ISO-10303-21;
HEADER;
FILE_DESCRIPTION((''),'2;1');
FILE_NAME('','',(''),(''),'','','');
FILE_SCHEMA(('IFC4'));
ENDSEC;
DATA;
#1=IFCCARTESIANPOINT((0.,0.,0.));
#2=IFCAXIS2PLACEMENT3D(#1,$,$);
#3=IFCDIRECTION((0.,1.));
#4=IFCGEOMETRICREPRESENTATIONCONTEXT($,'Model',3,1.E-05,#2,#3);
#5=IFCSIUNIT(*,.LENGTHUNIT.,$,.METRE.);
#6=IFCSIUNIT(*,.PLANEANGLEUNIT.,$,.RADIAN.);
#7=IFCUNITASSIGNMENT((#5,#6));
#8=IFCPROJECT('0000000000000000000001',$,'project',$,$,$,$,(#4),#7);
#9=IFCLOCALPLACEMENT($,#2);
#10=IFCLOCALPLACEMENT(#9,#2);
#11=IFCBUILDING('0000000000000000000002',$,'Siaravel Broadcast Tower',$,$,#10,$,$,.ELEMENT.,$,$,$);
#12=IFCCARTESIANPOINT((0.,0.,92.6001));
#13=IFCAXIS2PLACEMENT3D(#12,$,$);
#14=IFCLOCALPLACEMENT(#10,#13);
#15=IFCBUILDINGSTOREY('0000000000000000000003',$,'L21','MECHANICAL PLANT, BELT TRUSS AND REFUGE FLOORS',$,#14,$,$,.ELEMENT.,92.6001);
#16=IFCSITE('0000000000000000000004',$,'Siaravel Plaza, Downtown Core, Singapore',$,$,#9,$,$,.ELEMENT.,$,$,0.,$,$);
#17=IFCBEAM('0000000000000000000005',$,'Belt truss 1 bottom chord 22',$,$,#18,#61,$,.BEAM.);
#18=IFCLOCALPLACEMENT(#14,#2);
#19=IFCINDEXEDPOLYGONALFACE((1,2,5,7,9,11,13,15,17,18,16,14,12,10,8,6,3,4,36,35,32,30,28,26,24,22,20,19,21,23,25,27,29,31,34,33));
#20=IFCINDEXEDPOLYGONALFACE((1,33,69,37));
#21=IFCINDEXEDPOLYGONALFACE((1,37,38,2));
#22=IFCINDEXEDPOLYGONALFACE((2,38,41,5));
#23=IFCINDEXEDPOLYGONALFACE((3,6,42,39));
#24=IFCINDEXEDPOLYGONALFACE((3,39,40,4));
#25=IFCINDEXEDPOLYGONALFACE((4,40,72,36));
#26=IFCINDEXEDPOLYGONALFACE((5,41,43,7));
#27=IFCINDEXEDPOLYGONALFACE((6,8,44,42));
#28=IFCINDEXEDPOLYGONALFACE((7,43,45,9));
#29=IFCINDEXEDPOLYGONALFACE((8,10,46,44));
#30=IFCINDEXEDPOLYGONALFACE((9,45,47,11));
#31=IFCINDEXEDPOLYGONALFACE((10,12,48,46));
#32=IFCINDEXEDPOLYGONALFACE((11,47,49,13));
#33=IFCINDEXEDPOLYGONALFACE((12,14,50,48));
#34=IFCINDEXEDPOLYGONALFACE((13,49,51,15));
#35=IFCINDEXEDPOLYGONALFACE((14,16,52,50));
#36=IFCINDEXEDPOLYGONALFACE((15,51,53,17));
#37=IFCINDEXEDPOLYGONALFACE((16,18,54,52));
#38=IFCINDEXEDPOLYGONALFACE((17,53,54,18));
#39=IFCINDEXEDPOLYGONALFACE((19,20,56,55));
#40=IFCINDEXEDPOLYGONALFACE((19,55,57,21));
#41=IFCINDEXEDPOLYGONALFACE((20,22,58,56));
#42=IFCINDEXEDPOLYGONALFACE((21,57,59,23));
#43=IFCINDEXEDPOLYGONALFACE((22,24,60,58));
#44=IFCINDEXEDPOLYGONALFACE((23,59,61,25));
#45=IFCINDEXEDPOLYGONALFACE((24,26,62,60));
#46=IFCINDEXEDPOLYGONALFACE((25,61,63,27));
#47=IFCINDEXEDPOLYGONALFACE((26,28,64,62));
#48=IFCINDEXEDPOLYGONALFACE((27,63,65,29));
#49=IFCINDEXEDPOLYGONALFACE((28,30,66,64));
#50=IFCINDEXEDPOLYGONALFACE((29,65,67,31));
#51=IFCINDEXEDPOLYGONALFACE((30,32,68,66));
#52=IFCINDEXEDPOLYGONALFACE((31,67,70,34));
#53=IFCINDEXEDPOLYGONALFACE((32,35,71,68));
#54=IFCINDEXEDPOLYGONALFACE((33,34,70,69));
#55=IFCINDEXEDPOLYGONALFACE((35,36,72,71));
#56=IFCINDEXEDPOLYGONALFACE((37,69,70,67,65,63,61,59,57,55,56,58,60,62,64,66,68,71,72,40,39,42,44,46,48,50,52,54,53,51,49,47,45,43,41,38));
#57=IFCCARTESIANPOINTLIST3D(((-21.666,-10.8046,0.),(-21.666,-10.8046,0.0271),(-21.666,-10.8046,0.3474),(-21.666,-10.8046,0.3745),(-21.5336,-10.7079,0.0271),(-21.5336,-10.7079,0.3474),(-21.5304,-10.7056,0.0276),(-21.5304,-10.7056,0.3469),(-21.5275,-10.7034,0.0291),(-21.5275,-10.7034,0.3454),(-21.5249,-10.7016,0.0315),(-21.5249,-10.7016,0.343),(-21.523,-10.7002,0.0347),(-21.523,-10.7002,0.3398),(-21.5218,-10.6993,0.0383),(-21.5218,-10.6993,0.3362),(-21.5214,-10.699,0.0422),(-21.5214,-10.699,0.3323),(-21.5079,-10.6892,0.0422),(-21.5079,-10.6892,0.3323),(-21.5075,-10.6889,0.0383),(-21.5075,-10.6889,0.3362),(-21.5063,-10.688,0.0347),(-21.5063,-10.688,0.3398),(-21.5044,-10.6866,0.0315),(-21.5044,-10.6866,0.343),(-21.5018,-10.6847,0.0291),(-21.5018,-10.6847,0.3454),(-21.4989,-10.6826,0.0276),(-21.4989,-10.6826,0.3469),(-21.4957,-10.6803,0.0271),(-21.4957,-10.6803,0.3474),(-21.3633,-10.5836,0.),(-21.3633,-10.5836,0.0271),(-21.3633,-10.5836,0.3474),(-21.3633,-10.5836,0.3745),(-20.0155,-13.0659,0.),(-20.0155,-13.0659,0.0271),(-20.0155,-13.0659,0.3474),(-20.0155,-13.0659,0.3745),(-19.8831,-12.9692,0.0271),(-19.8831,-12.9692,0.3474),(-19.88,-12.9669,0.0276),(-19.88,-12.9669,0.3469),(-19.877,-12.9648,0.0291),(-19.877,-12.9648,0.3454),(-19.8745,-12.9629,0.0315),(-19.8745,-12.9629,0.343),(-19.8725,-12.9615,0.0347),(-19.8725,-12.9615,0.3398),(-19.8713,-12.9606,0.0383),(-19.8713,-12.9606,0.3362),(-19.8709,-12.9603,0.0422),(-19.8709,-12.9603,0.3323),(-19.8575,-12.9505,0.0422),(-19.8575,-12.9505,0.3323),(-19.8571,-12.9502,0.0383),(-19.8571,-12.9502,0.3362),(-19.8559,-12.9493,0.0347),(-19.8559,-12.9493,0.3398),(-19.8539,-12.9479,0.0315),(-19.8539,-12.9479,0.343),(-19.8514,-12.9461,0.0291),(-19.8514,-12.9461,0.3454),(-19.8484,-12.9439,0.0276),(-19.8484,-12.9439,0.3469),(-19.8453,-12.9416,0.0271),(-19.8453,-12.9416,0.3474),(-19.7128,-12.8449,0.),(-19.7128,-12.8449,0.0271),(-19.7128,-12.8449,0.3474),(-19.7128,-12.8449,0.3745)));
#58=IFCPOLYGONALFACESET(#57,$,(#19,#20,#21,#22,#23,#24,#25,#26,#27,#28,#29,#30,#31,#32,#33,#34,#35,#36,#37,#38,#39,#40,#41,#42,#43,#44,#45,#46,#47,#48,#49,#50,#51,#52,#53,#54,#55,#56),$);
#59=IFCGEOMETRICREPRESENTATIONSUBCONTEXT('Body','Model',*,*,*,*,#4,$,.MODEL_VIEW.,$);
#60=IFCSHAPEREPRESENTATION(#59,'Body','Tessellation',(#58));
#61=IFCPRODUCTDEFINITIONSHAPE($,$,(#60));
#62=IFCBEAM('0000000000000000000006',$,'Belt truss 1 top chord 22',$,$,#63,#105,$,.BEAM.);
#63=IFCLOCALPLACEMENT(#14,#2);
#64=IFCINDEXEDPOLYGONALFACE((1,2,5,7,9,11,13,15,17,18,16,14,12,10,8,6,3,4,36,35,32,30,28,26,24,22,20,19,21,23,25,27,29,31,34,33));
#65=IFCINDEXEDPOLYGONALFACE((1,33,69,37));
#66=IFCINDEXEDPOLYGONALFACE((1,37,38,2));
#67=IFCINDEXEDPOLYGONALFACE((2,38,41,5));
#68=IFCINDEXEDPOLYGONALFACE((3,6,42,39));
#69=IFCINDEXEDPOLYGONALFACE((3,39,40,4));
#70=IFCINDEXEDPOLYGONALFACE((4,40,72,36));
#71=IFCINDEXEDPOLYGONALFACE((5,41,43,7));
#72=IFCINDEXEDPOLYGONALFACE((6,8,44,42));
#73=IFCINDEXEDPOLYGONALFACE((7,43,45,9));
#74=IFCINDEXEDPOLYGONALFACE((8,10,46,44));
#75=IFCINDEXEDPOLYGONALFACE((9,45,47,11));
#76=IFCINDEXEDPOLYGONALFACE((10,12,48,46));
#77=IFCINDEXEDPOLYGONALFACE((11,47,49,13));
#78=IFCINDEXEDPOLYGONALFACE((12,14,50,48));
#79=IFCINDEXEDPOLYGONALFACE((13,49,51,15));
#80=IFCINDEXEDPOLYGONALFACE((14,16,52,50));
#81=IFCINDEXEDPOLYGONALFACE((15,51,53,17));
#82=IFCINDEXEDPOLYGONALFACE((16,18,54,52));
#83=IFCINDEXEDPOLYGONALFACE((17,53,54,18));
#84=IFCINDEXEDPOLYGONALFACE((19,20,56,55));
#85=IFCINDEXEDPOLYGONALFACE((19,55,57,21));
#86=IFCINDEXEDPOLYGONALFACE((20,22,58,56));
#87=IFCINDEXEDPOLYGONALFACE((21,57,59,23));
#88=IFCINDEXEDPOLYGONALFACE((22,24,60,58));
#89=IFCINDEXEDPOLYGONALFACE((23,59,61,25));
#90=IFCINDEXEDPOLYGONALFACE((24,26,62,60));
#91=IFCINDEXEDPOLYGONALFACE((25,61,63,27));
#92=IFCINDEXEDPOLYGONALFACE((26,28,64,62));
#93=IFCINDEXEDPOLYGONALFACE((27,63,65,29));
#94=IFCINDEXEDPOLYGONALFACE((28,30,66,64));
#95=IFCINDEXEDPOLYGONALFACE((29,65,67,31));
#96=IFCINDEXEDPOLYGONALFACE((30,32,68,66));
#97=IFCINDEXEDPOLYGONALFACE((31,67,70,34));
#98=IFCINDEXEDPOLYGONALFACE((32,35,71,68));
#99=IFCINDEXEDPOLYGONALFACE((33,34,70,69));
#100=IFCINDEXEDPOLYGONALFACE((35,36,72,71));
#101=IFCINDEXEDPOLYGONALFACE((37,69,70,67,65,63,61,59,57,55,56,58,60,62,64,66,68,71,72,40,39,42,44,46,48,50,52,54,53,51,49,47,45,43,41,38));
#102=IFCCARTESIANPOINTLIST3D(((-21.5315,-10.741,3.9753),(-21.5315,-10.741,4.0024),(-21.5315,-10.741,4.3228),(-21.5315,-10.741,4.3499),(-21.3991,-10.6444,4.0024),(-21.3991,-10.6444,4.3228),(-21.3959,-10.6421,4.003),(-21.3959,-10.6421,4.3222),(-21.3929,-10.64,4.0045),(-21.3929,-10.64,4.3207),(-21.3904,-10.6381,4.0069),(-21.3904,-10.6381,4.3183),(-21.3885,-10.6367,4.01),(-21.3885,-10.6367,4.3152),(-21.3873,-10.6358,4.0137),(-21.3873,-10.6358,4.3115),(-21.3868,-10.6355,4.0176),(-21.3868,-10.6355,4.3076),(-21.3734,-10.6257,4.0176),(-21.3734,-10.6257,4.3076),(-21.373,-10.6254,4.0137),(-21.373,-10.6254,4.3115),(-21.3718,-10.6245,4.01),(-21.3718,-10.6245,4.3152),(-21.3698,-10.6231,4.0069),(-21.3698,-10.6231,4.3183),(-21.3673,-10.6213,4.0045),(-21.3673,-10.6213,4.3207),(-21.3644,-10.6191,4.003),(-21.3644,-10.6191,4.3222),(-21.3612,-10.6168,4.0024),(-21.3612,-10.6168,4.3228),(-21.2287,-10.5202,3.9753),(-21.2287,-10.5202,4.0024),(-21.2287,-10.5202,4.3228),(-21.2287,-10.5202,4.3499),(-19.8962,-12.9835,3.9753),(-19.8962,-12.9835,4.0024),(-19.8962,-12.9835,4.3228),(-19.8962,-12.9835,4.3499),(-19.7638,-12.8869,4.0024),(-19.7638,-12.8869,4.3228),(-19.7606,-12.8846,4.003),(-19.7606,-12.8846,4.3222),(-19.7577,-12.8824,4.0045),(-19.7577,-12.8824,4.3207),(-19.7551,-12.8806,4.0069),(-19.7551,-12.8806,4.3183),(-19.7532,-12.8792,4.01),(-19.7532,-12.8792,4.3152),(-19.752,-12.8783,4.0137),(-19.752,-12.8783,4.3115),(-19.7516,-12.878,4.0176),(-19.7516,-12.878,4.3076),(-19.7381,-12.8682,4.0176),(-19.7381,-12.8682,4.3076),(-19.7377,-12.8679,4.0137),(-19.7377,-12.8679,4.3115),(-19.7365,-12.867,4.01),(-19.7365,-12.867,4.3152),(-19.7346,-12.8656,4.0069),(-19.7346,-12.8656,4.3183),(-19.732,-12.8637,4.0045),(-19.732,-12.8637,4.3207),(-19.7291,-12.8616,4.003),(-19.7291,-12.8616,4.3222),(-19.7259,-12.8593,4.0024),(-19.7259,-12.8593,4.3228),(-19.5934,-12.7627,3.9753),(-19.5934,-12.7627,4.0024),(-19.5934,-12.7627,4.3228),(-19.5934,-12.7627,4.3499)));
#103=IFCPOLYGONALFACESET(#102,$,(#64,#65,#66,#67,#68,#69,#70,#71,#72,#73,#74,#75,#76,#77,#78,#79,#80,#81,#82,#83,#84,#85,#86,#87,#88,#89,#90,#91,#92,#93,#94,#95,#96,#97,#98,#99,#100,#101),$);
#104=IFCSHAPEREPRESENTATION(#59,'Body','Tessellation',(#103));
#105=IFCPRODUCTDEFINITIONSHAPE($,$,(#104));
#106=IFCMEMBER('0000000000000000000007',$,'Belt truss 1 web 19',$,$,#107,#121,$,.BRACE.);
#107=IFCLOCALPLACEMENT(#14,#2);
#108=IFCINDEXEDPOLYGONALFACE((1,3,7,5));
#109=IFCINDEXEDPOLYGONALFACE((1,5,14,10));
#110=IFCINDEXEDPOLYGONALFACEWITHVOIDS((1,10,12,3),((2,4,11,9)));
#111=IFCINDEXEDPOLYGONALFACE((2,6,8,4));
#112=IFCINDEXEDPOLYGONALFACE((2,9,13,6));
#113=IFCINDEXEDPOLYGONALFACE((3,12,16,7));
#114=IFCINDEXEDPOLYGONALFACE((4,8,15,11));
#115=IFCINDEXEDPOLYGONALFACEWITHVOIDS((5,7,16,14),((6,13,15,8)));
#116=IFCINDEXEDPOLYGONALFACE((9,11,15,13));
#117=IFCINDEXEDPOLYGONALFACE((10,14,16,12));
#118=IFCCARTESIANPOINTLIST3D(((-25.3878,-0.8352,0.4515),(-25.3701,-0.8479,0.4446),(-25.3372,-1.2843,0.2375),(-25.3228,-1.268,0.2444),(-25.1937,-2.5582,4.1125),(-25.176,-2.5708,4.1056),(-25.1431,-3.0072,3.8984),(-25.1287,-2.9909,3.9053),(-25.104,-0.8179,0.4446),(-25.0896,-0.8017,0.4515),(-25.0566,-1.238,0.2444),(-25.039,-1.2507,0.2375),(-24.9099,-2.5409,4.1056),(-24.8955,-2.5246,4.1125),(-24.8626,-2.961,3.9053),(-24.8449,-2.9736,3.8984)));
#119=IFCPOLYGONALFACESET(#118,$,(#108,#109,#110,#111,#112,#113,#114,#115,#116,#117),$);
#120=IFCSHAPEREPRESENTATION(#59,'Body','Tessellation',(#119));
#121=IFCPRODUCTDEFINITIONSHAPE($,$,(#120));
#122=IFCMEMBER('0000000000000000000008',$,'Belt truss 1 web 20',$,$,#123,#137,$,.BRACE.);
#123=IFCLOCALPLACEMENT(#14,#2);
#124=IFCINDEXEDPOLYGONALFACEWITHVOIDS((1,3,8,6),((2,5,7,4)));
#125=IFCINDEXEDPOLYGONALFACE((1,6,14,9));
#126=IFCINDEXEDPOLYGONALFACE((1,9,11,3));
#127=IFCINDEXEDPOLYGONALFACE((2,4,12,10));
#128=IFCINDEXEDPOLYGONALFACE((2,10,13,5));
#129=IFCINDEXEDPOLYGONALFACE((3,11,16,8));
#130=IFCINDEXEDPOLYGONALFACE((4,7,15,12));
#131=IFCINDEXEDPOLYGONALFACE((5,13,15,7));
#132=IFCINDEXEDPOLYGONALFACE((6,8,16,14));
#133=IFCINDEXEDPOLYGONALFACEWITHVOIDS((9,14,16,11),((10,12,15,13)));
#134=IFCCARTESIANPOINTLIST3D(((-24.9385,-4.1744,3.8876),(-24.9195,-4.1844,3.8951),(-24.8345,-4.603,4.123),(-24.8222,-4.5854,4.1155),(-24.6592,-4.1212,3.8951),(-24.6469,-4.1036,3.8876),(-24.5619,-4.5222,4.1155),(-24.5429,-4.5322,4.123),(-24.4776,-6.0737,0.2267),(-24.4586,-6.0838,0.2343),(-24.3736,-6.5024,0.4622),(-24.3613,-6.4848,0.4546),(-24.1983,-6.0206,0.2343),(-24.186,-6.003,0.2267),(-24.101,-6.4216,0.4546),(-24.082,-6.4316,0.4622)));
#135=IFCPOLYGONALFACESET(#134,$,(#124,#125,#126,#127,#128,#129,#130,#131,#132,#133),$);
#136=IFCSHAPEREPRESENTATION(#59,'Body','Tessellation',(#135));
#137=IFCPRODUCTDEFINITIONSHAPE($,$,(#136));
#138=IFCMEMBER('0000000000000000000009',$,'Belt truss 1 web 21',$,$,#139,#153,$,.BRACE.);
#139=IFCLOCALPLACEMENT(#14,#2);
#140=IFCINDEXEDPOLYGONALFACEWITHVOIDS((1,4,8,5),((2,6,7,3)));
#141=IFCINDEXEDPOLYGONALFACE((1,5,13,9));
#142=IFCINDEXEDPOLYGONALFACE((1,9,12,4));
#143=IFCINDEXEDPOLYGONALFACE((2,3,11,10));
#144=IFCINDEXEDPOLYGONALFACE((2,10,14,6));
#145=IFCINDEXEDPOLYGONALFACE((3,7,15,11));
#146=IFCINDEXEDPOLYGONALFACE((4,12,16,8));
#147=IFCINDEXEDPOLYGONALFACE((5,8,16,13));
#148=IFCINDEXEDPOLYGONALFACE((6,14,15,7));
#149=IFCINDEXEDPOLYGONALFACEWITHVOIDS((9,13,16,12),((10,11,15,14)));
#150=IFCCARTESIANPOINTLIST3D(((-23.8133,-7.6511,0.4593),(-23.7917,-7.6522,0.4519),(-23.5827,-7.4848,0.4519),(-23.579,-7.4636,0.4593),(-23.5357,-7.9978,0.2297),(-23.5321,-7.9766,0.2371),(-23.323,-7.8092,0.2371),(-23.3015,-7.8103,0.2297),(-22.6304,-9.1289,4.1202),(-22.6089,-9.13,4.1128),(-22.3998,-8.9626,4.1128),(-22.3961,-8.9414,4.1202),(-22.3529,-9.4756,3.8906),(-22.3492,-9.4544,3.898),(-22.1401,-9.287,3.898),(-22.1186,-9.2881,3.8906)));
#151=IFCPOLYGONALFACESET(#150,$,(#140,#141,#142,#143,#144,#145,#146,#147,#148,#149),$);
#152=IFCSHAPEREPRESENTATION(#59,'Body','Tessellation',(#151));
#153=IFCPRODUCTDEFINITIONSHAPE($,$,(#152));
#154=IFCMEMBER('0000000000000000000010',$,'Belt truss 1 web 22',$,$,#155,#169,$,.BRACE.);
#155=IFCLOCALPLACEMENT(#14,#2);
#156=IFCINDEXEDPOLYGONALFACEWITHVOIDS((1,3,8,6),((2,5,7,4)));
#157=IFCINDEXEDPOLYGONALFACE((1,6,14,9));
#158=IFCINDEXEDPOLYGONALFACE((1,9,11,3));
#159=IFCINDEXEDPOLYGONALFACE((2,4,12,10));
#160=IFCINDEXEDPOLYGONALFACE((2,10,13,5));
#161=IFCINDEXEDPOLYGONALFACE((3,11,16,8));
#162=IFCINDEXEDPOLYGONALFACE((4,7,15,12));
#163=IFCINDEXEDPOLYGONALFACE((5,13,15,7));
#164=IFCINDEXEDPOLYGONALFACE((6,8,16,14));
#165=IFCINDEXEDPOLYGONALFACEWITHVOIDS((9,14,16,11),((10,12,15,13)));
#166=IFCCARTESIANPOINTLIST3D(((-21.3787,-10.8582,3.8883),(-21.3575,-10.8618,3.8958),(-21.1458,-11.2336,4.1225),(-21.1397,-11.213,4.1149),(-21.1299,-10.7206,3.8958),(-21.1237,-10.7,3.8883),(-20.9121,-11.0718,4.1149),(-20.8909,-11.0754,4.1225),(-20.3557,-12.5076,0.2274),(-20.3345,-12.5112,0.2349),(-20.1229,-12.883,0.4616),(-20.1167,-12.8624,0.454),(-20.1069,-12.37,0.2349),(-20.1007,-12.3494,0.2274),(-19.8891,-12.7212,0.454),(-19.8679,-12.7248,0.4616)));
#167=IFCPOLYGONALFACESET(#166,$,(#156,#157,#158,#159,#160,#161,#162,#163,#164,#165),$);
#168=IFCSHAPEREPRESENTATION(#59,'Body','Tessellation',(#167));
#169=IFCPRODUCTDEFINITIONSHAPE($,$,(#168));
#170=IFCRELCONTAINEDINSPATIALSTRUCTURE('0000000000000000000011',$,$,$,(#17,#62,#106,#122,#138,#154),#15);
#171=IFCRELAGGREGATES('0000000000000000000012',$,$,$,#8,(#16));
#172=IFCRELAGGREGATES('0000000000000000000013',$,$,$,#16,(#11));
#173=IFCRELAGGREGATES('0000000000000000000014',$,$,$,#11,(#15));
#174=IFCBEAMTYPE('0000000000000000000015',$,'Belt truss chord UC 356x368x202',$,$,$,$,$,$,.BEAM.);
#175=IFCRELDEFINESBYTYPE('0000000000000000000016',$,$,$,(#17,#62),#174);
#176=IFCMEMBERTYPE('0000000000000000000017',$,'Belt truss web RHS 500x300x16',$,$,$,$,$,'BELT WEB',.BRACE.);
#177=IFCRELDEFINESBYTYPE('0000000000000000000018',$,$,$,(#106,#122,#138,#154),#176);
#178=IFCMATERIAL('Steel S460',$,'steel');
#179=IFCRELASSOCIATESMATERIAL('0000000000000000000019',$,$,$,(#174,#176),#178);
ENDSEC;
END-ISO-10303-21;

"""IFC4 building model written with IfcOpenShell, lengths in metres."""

from ifc_helpers import new_model, si_unit, direction, frame, origin, origin_2d, place, context, subcontext, project, spatial, hollow_rectangle, i_section, extrude, material, material_profile, profile_set, type_object, element, save


model = new_model("IFC4")

# Units and contexts
model_context = context("Model", 3, precision=1e-05, world=origin(), true_north=direction((0.0, 1.0)))
body_context = subcontext(model_context, "Body", "Model", "MODEL_VIEW")
ifc_project = project(units=[si_unit("LENGTHUNIT", "METRE"), si_unit("PLANEANGLEUNIT", "RADIAN")], contexts=[model_context])

# Site, building, storey
site_placement = place(None, origin())
site = spatial("IfcSite", under=ifc_project, at=site_placement, Name="Siaravel Plaza, Downtown Core, Singapore", CompositionType="ELEMENT", RefElevation=0.0)
building_placement = place(site_placement, origin())
building = spatial("IfcBuilding", under=site, at=building_placement, Name="Siaravel Broadcast Tower", CompositionType="ELEMENT")
storey_placement = place(building_placement, frame((0.0, 0.0, 92.6001)))
storey = spatial("IfcBuildingStorey", under=building, at=storey_placement, Name="L21", Description="MECHANICAL PLANT, BELT TRUSS AND REFUGE FLOORS", CompositionType="ELEMENT", Elevation=92.6001)

# Beams
ifc_material_1 = material(Name="Steel S460", Category="steel")
ifc_material_profile_1 = material_profile(ifc_material_1, i_section(OverallWidth=0.3748, OverallDepth=0.3745, WebThickness=0.0166, FlangeThickness=0.0271, FilletRadius=0.0151, at=origin_2d()))
ifc_profile_set_1 = profile_set([ifc_material_profile_1], Name="Steel S460")
beam_type_1 = type_object("IfcBeamType", Name="Belt truss chord UC 356x368x202", PredefinedType="BEAM", material=ifc_profile_set_1)
beam_1_placement = place(storey_placement, frame((-21.5146, -10.6941, 0.1873), z_axis=(0.58954, -0.807739, 0.0), x_axis=(0.807739, 0.58954, 0.0)))
element("IfcBeam", 1, at=beam_1_placement, inside=storey, type_object=beam_type_1, Name="Belt truss 1 bottom chord 22", PredefinedType="BEAM", context=body_context, shape_type="SweptSolid", body=[
    extrude(i_section(OverallWidth=0.3748, OverallDepth=0.3745, WebThickness=0.0166, FlangeThickness=0.0271, FilletRadius=0.0151, at=origin_2d()), origin(), (0.0, 0.0, 1.0), 2.7996),
])
beam_2_placement = place(storey_placement, frame((-21.3801, -10.6306, 4.1626), z_axis=(0.589207, -0.807982, 0.0), x_axis=(0.807982, 0.589207, 0.0)))
element("IfcBeam", 2, at=beam_2_placement, inside=storey, type_object=beam_type_1, Name="Belt truss 1 top chord 22", PredefinedType="BEAM", context=body_context, shape_type="SweptSolid", body=[
    extrude(i_section(OverallWidth=0.3748, OverallDepth=0.3745, WebThickness=0.0166, FlangeThickness=0.0271, FilletRadius=0.0151, at=origin_2d()), origin(), (0.0, 0.0, 1.0), 2.7754),
])

# Members
ifc_material_profile_2 = material_profile(ifc_material_1, hollow_rectangle(XDim=0.3, YDim=0.5, WallThickness=0.0161, at=origin_2d()))
ifc_profile_set_2 = profile_set([ifc_material_profile_2], Name="Steel S460")
member_type_1 = type_object("IfcMemberType", Name="Belt truss web RHS 500x300x16", ElementType="BELT WEB", PredefinedType="BRACE", material=ifc_profile_set_2)
member_1_placement = place(storey_placement, frame((-25.2134, -1.043, 0.3445), z_axis=(0.047916, -0.425334, 0.903767), x_axis=(0.993714, 0.111946, 0.0)))
element("IfcMember", 3, at=member_1_placement, inside=storey, type_object=member_type_1, Name="Belt truss 1 web 19", PredefinedType="BRACE", context=body_context, shape_type="SweptSolid", body=[
    extrude(hollow_rectangle(XDim=0.3, YDim=0.5, WallThickness=0.0161, at=origin_2d()), origin(), (0.0, 0.0, 1.0), 4.0508),
])
member_2_placement = place(storey_placement, frame((-24.2798, -6.2527, 0.3445), z_axis=(-0.11107, 0.457692, 0.882146), x_axis=(-0.971795, -0.235829, 0.0)))
element("IfcMember", 4, at=member_2_placement, inside=storey, type_object=member_type_1, Name="Belt truss 1 web 20", PredefinedType="BRACE", context=body_context, shape_type="SweptSolid", body=[
    extrude(hollow_rectangle(XDim=0.3, YDim=0.5, WallThickness=0.0161, at=origin_2d()), origin(), (0.0, 0.0, 1.0), 4.1499),
])
member_3_placement = place(storey_placement, frame((-23.5574, -7.7307, 0.3445), z_axis=(0.287012, -0.358572, 0.888285), x_axis=(0.780705, 0.6249, 0.0)))
element("IfcMember", 5, at=member_3_placement, inside=storey, type_object=member_type_1, Name="Belt truss 1 web 21", PredefinedType="BRACE", context=body_context, shape_type="SweptSolid", body=[
    extrude(hollow_rectangle(XDim=0.3, YDim=0.5, WallThickness=0.0161, at=origin_2d()), origin(), (0.0, 0.0, 1.0), 4.1213),
])
member_4_placement = place(storey_placement, frame((-20.1118, -12.6162, 0.3445), z_axis=(-0.246877, 0.398067, 0.883513), x_axis=(-0.849831, -0.527056, 0.0)))
element("IfcMember", 6, at=member_4_placement, inside=storey, type_object=member_type_1, Name="Belt truss 1 web 22", PredefinedType="BRACE", context=body_context, shape_type="SweptSolid", body=[
    extrude(hollow_rectangle(XDim=0.3, YDim=0.5, WallThickness=0.0161, at=origin_2d()), origin(), (0.0, 0.0, 1.0), 4.1436),
])

save(model, "model.ifc")
